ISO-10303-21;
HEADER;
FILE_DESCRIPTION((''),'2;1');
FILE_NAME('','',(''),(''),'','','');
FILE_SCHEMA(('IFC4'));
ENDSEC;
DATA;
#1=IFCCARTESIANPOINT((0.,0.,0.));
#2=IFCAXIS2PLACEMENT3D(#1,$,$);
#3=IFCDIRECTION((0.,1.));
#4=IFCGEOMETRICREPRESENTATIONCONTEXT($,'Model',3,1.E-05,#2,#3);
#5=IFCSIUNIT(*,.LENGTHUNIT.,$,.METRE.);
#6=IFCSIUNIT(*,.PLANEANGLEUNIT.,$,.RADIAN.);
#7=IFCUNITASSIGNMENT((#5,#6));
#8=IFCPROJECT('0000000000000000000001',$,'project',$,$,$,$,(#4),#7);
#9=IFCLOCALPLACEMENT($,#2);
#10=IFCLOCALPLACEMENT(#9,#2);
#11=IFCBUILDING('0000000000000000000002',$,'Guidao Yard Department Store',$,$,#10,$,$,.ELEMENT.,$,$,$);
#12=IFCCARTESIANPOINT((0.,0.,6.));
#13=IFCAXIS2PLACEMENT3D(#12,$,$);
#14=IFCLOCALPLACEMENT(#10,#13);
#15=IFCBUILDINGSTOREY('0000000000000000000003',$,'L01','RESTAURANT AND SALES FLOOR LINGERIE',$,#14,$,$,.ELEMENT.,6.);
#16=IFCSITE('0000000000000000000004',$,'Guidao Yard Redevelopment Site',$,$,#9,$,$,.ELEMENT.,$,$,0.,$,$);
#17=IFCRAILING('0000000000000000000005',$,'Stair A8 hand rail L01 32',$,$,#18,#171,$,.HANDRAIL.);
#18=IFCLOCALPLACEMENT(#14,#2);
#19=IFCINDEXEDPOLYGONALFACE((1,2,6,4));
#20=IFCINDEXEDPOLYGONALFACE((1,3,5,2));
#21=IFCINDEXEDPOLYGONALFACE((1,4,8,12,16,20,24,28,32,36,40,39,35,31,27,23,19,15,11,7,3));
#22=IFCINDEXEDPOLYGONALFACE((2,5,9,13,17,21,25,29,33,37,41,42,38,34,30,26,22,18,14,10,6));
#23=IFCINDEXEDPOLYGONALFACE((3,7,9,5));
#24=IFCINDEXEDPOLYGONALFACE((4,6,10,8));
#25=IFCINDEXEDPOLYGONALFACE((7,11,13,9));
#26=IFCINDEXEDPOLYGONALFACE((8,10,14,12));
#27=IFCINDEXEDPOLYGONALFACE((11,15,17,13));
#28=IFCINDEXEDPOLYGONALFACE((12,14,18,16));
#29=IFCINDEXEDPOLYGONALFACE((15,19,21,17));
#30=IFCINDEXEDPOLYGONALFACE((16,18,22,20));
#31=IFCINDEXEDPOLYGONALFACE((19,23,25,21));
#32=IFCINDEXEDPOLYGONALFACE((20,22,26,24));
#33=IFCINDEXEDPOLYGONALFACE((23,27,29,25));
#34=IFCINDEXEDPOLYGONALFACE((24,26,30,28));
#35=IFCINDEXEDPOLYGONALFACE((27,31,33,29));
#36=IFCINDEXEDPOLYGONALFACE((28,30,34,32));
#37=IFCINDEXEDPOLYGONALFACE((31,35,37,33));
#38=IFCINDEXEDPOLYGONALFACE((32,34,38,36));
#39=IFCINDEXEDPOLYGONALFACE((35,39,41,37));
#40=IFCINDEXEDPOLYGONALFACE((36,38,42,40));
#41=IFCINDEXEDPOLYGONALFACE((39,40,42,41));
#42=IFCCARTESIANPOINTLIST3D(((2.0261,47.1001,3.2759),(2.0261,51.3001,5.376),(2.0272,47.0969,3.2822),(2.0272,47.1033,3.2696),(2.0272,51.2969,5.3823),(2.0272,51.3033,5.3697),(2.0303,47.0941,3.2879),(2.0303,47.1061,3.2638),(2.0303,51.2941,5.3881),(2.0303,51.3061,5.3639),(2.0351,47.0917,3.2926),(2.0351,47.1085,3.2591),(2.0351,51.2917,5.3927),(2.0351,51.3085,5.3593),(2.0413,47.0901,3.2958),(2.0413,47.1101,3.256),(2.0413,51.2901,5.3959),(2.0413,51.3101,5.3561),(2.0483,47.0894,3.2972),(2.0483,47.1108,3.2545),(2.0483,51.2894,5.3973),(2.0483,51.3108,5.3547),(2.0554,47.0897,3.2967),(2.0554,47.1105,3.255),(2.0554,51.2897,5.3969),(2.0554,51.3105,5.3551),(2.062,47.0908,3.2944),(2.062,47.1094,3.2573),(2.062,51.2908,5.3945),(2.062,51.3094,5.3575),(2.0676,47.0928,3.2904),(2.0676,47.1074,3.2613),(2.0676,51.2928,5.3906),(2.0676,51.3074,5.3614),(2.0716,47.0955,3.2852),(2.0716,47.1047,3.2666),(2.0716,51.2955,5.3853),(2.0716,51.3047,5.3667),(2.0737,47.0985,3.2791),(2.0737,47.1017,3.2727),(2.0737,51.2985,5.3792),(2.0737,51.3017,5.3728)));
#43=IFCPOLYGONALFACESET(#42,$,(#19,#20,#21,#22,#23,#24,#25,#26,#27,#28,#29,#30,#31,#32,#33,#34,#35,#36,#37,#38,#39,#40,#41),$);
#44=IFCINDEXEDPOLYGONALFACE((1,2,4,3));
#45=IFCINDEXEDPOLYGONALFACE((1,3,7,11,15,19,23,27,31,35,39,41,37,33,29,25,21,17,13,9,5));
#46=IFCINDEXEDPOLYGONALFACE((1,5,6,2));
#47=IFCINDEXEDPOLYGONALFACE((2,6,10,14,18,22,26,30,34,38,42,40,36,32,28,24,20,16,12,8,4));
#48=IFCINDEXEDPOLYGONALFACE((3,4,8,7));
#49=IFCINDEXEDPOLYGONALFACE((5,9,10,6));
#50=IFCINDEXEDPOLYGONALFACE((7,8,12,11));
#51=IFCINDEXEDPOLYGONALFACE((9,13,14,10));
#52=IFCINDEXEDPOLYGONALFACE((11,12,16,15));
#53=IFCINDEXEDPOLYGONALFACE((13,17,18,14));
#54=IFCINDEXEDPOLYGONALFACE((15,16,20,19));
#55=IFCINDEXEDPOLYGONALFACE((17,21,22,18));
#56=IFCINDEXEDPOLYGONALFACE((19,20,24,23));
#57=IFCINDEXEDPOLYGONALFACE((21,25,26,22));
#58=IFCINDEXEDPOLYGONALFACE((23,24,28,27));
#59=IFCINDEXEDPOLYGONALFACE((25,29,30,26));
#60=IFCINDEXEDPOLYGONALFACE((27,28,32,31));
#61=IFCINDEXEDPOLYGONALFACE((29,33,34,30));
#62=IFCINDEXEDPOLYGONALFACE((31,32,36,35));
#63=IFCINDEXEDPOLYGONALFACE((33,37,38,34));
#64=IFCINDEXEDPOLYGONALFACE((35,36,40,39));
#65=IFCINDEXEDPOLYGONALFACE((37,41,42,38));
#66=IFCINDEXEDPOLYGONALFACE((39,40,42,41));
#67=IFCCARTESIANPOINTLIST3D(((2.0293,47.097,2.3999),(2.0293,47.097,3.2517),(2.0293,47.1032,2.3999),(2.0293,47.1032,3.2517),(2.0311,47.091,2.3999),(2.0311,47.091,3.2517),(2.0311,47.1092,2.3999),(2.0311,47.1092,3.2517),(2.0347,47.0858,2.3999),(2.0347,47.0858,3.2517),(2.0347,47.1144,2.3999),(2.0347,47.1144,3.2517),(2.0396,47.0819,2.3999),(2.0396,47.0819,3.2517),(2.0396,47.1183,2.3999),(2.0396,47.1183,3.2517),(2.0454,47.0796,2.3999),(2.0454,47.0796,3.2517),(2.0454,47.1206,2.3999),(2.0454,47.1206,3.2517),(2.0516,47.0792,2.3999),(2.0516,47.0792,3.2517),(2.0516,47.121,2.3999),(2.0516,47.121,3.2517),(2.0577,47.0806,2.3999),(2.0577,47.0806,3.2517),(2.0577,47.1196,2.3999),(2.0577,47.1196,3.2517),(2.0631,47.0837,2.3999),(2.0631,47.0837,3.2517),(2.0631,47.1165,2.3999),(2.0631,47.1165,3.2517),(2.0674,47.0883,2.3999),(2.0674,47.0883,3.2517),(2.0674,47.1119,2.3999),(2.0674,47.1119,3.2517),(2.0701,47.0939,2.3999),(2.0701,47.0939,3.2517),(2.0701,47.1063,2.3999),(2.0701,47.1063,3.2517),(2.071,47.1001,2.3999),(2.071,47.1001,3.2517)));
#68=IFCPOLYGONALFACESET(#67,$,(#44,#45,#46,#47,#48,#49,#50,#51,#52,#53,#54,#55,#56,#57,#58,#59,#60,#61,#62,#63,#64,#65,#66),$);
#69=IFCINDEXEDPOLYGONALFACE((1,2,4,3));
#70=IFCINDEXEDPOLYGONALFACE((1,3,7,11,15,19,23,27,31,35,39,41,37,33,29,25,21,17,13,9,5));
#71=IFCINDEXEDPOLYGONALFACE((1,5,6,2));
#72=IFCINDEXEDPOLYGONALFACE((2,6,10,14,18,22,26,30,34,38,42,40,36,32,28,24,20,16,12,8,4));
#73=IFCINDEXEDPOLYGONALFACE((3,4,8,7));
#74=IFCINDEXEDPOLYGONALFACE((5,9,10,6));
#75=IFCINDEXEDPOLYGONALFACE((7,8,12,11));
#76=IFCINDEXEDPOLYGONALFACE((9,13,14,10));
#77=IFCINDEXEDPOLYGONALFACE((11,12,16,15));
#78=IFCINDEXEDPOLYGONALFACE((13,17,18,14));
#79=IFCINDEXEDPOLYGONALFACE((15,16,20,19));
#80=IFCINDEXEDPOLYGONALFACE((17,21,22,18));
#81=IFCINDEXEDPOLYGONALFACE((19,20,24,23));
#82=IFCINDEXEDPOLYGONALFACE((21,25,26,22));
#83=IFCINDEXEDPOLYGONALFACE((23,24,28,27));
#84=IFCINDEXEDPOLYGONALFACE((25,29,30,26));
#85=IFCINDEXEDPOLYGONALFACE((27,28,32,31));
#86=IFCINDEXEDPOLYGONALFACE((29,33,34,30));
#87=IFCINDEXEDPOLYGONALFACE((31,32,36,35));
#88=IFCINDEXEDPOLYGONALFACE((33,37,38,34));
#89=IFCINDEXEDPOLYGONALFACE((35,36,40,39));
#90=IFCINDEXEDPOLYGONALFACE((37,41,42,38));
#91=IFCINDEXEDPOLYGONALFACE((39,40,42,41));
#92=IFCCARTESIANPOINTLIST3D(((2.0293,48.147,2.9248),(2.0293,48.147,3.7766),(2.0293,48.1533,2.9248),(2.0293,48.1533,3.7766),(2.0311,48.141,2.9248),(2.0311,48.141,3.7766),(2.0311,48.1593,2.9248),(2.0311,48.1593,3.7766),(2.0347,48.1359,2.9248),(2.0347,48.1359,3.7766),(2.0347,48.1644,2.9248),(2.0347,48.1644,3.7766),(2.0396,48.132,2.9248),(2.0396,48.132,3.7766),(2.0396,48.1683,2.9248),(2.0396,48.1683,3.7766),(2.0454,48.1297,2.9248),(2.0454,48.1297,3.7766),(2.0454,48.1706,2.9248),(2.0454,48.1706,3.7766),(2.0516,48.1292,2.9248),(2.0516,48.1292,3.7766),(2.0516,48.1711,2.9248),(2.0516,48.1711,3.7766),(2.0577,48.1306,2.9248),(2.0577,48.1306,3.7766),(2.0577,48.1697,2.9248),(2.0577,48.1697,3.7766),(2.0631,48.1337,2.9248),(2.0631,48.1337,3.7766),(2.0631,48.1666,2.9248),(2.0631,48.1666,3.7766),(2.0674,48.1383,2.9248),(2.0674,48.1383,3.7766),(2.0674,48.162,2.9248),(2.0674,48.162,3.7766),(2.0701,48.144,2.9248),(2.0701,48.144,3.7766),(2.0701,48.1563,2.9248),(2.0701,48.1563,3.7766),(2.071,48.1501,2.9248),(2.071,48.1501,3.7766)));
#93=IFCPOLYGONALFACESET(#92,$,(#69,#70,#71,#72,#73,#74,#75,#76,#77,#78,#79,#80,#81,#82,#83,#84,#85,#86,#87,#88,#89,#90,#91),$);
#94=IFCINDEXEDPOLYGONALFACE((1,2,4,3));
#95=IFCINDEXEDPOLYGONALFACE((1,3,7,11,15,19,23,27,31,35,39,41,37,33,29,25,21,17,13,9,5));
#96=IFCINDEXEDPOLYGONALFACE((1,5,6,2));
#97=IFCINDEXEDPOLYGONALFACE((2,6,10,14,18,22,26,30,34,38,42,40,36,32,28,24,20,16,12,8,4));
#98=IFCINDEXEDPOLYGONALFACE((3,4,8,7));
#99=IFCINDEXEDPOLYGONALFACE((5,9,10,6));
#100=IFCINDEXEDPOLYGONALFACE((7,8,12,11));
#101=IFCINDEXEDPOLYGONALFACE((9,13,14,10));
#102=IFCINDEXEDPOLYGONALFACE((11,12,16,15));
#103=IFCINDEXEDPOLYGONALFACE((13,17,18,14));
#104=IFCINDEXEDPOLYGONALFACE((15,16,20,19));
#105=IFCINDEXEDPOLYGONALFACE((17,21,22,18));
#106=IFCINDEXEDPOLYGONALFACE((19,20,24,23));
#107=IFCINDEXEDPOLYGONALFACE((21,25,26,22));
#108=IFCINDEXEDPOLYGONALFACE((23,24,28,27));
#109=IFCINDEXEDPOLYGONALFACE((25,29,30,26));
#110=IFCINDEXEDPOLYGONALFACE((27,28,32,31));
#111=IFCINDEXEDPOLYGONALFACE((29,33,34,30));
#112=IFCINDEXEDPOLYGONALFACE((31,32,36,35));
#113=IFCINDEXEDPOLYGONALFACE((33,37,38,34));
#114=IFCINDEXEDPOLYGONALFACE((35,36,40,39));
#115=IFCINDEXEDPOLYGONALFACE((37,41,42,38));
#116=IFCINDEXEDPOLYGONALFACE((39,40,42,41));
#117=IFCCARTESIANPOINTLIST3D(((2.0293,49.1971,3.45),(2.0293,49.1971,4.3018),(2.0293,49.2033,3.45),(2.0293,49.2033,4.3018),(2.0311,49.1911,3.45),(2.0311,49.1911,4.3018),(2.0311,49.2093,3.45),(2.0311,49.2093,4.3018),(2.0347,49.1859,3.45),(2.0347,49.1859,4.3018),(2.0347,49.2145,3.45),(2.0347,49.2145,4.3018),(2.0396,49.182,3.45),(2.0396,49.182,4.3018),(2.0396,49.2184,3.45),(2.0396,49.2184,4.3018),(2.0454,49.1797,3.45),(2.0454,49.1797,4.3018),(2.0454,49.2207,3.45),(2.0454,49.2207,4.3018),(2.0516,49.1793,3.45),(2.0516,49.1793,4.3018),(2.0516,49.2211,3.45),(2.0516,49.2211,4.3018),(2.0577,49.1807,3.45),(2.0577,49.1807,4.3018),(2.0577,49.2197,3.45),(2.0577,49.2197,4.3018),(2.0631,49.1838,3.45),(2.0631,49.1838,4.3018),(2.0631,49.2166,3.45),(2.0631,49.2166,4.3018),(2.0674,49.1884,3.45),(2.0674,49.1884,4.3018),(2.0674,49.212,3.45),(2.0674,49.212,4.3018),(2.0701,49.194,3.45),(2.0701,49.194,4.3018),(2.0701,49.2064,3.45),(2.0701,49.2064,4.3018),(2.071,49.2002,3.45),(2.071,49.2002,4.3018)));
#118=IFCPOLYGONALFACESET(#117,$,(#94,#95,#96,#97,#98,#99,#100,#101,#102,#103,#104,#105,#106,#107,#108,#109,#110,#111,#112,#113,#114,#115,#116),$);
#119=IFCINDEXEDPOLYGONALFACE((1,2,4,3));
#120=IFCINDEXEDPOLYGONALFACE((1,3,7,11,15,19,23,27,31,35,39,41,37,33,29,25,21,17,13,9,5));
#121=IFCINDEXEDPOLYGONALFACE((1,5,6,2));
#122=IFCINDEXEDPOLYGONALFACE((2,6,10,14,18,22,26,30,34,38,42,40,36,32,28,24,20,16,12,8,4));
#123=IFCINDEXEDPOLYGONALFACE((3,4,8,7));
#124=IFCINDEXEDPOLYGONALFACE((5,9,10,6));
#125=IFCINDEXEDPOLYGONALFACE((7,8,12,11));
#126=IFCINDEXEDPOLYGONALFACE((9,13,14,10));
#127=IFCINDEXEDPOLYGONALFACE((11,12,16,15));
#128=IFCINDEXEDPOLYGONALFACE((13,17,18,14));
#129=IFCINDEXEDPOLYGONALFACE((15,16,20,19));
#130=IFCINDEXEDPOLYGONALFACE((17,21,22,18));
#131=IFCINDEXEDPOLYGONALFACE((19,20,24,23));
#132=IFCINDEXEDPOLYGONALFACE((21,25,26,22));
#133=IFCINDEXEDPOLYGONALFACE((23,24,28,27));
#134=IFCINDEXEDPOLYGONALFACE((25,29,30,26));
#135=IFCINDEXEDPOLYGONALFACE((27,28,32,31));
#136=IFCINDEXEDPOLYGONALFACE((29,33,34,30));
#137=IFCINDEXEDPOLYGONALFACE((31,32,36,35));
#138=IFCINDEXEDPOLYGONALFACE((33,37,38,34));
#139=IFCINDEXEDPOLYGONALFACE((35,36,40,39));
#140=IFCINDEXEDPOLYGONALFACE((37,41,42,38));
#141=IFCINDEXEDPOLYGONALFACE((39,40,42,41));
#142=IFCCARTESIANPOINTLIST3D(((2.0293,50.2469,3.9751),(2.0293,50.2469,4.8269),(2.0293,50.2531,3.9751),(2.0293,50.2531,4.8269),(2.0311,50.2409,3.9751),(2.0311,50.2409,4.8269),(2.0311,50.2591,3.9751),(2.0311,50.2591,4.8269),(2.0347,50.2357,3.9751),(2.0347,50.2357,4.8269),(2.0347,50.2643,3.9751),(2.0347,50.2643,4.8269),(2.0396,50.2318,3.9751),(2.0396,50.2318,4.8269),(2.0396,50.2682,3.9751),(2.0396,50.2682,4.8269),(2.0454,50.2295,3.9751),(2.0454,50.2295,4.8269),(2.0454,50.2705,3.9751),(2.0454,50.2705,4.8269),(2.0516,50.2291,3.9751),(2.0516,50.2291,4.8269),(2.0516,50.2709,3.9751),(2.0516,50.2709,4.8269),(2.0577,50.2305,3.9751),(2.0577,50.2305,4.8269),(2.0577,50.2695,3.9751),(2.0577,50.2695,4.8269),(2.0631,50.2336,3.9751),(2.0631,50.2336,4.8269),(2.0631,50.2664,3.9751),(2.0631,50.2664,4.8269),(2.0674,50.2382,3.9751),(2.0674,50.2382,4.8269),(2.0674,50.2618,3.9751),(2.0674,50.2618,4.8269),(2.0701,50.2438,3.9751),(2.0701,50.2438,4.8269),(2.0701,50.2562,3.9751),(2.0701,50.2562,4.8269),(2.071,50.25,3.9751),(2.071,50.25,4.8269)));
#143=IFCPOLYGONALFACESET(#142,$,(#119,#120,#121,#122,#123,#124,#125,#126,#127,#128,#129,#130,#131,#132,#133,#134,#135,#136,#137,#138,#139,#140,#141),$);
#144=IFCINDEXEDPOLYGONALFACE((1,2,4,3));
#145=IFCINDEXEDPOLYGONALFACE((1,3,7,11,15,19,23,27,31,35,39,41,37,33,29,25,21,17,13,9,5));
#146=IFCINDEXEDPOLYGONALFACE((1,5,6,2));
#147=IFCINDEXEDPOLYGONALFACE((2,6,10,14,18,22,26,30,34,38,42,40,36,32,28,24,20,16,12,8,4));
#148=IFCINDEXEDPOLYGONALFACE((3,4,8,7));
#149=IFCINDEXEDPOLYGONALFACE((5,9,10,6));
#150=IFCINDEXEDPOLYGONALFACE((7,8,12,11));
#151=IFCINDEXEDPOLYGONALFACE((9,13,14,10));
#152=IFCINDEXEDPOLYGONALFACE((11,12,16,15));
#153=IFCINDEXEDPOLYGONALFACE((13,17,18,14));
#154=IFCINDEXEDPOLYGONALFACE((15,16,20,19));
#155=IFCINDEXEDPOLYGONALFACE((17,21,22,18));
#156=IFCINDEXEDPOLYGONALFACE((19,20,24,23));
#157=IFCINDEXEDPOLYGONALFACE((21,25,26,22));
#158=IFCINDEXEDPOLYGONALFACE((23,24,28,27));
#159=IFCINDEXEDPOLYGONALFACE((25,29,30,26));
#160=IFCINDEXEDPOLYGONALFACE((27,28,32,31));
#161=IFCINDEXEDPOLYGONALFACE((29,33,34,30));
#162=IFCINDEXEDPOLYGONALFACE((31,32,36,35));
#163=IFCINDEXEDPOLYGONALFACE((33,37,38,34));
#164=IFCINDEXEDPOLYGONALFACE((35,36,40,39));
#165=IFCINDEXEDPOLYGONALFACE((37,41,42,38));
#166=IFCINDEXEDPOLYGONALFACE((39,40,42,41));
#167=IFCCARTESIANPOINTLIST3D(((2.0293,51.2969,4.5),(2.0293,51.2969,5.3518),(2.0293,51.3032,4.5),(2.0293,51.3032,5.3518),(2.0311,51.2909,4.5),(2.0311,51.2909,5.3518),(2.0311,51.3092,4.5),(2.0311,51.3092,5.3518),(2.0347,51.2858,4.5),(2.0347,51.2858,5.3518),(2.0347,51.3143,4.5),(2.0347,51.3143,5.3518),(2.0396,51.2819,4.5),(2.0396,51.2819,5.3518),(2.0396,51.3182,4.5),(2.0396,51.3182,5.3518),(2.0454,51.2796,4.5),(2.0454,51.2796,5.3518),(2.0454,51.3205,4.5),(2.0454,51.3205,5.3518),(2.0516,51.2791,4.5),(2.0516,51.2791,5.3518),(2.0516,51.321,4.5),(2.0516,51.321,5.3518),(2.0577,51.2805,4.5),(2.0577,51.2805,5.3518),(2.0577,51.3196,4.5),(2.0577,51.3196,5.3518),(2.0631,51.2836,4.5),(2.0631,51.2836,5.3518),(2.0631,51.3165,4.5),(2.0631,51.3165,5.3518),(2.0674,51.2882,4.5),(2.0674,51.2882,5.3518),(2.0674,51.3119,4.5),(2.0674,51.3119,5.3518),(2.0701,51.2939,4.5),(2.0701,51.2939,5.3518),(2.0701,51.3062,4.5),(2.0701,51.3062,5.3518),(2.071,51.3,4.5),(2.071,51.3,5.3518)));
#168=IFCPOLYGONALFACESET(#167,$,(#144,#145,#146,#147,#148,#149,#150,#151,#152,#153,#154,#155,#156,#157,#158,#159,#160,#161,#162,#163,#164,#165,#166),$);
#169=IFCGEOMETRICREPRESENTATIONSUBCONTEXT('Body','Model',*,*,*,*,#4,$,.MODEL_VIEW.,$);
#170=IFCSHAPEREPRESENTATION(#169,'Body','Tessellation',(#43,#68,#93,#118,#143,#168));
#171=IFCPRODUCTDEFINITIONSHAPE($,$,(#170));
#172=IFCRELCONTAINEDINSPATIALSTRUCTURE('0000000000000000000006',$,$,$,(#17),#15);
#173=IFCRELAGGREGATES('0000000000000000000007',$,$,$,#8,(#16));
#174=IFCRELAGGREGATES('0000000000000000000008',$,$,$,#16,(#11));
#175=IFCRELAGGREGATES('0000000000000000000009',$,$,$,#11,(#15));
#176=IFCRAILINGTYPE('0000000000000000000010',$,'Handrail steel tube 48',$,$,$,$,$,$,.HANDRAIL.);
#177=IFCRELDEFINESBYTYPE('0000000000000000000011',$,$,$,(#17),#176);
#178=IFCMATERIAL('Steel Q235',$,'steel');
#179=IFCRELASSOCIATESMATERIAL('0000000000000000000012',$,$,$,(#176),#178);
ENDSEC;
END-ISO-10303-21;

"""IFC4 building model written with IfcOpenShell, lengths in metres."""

from ifc_helpers import new_model, si_unit, direction, frame, origin, origin_2d, place, context, subcontext, project, spatial, circle, extrude, material, type_object, element, save


model = new_model("IFC4")

# Units and contexts
model_context = context("Model", 3, precision=1e-05, world=origin(), true_north=direction((0.0, 1.0)))
body_context = subcontext(model_context, "Body", "Model", "MODEL_VIEW")
ifc_project = project(units=[si_unit("LENGTHUNIT", "METRE"), si_unit("PLANEANGLEUNIT", "RADIAN")], contexts=[model_context])

# Site, building, storey
site_placement = place(None, origin())
site = spatial("IfcSite", under=ifc_project, at=site_placement, Name="Guidao Yard Redevelopment Site", CompositionType="ELEMENT", RefElevation=0.0)
building_placement = place(site_placement, origin())
building = spatial("IfcBuilding", under=site, at=building_placement, Name="Guidao Yard Department Store", CompositionType="ELEMENT")
storey_placement = place(building_placement, frame((0.0, 0.0, 6.0)))
storey = spatial("IfcBuildingStorey", under=building, at=storey_placement, Name="L01", Description="RESTAURANT AND SALES FLOOR LINGERIE", CompositionType="ELEMENT", Elevation=6.0)

# Railing
ifc_material_1 = material(Name="Steel Q235", Category="steel")
railing_type_1 = type_object("IfcRailingType", Name="Handrail steel tube 48", PredefinedType="HANDRAIL", material=ifc_material_1)
for number, where, name in (
    (1, (2.05, 47.1001, 2.3999), "Stair A8 hand rail L01 32"),
):
    element("IfcRailing", number, at=place(storey_placement, frame(where)), inside=storey, type_object=railing_type_1, Name=name, PredefinedType="HANDRAIL", context=body_context, shape_type="SweptSolid", body=[
        extrude(circle(Radius=0.0239, at=origin_2d()), frame((0.0, 0.0, 0.876), z_axis=(0.0, 0.894417, 0.447234), x_axis=(-1.0, 0.0, 0.0)), (0.0, 0.0, 1.0), 4.6958),
        extrude(circle(Radius=0.021, at=origin_2d()), origin(), (0.0, 0.0, 1.0), 0.8518),
        extrude(circle(Radius=0.021, at=origin_2d()), frame((0.0, 1.05, 0.5249)), (0.0, 0.0, 1.0), 0.8518),
        extrude(circle(Radius=0.021, at=origin_2d()), frame((0.0, 2.1001, 1.05)), (0.0, 0.0, 1.0), 0.8518),
        extrude(circle(Radius=0.021, at=origin_2d()), frame((0.0, 3.1499, 1.5752)), (0.0, 0.0, 1.0), 0.8518),
        extrude(circle(Radius=0.021, at=origin_2d()), frame((0.0, 4.2, 2.1001)), (0.0, 0.0, 1.0), 0.8518),
    ])

save(model, "model.ifc")
